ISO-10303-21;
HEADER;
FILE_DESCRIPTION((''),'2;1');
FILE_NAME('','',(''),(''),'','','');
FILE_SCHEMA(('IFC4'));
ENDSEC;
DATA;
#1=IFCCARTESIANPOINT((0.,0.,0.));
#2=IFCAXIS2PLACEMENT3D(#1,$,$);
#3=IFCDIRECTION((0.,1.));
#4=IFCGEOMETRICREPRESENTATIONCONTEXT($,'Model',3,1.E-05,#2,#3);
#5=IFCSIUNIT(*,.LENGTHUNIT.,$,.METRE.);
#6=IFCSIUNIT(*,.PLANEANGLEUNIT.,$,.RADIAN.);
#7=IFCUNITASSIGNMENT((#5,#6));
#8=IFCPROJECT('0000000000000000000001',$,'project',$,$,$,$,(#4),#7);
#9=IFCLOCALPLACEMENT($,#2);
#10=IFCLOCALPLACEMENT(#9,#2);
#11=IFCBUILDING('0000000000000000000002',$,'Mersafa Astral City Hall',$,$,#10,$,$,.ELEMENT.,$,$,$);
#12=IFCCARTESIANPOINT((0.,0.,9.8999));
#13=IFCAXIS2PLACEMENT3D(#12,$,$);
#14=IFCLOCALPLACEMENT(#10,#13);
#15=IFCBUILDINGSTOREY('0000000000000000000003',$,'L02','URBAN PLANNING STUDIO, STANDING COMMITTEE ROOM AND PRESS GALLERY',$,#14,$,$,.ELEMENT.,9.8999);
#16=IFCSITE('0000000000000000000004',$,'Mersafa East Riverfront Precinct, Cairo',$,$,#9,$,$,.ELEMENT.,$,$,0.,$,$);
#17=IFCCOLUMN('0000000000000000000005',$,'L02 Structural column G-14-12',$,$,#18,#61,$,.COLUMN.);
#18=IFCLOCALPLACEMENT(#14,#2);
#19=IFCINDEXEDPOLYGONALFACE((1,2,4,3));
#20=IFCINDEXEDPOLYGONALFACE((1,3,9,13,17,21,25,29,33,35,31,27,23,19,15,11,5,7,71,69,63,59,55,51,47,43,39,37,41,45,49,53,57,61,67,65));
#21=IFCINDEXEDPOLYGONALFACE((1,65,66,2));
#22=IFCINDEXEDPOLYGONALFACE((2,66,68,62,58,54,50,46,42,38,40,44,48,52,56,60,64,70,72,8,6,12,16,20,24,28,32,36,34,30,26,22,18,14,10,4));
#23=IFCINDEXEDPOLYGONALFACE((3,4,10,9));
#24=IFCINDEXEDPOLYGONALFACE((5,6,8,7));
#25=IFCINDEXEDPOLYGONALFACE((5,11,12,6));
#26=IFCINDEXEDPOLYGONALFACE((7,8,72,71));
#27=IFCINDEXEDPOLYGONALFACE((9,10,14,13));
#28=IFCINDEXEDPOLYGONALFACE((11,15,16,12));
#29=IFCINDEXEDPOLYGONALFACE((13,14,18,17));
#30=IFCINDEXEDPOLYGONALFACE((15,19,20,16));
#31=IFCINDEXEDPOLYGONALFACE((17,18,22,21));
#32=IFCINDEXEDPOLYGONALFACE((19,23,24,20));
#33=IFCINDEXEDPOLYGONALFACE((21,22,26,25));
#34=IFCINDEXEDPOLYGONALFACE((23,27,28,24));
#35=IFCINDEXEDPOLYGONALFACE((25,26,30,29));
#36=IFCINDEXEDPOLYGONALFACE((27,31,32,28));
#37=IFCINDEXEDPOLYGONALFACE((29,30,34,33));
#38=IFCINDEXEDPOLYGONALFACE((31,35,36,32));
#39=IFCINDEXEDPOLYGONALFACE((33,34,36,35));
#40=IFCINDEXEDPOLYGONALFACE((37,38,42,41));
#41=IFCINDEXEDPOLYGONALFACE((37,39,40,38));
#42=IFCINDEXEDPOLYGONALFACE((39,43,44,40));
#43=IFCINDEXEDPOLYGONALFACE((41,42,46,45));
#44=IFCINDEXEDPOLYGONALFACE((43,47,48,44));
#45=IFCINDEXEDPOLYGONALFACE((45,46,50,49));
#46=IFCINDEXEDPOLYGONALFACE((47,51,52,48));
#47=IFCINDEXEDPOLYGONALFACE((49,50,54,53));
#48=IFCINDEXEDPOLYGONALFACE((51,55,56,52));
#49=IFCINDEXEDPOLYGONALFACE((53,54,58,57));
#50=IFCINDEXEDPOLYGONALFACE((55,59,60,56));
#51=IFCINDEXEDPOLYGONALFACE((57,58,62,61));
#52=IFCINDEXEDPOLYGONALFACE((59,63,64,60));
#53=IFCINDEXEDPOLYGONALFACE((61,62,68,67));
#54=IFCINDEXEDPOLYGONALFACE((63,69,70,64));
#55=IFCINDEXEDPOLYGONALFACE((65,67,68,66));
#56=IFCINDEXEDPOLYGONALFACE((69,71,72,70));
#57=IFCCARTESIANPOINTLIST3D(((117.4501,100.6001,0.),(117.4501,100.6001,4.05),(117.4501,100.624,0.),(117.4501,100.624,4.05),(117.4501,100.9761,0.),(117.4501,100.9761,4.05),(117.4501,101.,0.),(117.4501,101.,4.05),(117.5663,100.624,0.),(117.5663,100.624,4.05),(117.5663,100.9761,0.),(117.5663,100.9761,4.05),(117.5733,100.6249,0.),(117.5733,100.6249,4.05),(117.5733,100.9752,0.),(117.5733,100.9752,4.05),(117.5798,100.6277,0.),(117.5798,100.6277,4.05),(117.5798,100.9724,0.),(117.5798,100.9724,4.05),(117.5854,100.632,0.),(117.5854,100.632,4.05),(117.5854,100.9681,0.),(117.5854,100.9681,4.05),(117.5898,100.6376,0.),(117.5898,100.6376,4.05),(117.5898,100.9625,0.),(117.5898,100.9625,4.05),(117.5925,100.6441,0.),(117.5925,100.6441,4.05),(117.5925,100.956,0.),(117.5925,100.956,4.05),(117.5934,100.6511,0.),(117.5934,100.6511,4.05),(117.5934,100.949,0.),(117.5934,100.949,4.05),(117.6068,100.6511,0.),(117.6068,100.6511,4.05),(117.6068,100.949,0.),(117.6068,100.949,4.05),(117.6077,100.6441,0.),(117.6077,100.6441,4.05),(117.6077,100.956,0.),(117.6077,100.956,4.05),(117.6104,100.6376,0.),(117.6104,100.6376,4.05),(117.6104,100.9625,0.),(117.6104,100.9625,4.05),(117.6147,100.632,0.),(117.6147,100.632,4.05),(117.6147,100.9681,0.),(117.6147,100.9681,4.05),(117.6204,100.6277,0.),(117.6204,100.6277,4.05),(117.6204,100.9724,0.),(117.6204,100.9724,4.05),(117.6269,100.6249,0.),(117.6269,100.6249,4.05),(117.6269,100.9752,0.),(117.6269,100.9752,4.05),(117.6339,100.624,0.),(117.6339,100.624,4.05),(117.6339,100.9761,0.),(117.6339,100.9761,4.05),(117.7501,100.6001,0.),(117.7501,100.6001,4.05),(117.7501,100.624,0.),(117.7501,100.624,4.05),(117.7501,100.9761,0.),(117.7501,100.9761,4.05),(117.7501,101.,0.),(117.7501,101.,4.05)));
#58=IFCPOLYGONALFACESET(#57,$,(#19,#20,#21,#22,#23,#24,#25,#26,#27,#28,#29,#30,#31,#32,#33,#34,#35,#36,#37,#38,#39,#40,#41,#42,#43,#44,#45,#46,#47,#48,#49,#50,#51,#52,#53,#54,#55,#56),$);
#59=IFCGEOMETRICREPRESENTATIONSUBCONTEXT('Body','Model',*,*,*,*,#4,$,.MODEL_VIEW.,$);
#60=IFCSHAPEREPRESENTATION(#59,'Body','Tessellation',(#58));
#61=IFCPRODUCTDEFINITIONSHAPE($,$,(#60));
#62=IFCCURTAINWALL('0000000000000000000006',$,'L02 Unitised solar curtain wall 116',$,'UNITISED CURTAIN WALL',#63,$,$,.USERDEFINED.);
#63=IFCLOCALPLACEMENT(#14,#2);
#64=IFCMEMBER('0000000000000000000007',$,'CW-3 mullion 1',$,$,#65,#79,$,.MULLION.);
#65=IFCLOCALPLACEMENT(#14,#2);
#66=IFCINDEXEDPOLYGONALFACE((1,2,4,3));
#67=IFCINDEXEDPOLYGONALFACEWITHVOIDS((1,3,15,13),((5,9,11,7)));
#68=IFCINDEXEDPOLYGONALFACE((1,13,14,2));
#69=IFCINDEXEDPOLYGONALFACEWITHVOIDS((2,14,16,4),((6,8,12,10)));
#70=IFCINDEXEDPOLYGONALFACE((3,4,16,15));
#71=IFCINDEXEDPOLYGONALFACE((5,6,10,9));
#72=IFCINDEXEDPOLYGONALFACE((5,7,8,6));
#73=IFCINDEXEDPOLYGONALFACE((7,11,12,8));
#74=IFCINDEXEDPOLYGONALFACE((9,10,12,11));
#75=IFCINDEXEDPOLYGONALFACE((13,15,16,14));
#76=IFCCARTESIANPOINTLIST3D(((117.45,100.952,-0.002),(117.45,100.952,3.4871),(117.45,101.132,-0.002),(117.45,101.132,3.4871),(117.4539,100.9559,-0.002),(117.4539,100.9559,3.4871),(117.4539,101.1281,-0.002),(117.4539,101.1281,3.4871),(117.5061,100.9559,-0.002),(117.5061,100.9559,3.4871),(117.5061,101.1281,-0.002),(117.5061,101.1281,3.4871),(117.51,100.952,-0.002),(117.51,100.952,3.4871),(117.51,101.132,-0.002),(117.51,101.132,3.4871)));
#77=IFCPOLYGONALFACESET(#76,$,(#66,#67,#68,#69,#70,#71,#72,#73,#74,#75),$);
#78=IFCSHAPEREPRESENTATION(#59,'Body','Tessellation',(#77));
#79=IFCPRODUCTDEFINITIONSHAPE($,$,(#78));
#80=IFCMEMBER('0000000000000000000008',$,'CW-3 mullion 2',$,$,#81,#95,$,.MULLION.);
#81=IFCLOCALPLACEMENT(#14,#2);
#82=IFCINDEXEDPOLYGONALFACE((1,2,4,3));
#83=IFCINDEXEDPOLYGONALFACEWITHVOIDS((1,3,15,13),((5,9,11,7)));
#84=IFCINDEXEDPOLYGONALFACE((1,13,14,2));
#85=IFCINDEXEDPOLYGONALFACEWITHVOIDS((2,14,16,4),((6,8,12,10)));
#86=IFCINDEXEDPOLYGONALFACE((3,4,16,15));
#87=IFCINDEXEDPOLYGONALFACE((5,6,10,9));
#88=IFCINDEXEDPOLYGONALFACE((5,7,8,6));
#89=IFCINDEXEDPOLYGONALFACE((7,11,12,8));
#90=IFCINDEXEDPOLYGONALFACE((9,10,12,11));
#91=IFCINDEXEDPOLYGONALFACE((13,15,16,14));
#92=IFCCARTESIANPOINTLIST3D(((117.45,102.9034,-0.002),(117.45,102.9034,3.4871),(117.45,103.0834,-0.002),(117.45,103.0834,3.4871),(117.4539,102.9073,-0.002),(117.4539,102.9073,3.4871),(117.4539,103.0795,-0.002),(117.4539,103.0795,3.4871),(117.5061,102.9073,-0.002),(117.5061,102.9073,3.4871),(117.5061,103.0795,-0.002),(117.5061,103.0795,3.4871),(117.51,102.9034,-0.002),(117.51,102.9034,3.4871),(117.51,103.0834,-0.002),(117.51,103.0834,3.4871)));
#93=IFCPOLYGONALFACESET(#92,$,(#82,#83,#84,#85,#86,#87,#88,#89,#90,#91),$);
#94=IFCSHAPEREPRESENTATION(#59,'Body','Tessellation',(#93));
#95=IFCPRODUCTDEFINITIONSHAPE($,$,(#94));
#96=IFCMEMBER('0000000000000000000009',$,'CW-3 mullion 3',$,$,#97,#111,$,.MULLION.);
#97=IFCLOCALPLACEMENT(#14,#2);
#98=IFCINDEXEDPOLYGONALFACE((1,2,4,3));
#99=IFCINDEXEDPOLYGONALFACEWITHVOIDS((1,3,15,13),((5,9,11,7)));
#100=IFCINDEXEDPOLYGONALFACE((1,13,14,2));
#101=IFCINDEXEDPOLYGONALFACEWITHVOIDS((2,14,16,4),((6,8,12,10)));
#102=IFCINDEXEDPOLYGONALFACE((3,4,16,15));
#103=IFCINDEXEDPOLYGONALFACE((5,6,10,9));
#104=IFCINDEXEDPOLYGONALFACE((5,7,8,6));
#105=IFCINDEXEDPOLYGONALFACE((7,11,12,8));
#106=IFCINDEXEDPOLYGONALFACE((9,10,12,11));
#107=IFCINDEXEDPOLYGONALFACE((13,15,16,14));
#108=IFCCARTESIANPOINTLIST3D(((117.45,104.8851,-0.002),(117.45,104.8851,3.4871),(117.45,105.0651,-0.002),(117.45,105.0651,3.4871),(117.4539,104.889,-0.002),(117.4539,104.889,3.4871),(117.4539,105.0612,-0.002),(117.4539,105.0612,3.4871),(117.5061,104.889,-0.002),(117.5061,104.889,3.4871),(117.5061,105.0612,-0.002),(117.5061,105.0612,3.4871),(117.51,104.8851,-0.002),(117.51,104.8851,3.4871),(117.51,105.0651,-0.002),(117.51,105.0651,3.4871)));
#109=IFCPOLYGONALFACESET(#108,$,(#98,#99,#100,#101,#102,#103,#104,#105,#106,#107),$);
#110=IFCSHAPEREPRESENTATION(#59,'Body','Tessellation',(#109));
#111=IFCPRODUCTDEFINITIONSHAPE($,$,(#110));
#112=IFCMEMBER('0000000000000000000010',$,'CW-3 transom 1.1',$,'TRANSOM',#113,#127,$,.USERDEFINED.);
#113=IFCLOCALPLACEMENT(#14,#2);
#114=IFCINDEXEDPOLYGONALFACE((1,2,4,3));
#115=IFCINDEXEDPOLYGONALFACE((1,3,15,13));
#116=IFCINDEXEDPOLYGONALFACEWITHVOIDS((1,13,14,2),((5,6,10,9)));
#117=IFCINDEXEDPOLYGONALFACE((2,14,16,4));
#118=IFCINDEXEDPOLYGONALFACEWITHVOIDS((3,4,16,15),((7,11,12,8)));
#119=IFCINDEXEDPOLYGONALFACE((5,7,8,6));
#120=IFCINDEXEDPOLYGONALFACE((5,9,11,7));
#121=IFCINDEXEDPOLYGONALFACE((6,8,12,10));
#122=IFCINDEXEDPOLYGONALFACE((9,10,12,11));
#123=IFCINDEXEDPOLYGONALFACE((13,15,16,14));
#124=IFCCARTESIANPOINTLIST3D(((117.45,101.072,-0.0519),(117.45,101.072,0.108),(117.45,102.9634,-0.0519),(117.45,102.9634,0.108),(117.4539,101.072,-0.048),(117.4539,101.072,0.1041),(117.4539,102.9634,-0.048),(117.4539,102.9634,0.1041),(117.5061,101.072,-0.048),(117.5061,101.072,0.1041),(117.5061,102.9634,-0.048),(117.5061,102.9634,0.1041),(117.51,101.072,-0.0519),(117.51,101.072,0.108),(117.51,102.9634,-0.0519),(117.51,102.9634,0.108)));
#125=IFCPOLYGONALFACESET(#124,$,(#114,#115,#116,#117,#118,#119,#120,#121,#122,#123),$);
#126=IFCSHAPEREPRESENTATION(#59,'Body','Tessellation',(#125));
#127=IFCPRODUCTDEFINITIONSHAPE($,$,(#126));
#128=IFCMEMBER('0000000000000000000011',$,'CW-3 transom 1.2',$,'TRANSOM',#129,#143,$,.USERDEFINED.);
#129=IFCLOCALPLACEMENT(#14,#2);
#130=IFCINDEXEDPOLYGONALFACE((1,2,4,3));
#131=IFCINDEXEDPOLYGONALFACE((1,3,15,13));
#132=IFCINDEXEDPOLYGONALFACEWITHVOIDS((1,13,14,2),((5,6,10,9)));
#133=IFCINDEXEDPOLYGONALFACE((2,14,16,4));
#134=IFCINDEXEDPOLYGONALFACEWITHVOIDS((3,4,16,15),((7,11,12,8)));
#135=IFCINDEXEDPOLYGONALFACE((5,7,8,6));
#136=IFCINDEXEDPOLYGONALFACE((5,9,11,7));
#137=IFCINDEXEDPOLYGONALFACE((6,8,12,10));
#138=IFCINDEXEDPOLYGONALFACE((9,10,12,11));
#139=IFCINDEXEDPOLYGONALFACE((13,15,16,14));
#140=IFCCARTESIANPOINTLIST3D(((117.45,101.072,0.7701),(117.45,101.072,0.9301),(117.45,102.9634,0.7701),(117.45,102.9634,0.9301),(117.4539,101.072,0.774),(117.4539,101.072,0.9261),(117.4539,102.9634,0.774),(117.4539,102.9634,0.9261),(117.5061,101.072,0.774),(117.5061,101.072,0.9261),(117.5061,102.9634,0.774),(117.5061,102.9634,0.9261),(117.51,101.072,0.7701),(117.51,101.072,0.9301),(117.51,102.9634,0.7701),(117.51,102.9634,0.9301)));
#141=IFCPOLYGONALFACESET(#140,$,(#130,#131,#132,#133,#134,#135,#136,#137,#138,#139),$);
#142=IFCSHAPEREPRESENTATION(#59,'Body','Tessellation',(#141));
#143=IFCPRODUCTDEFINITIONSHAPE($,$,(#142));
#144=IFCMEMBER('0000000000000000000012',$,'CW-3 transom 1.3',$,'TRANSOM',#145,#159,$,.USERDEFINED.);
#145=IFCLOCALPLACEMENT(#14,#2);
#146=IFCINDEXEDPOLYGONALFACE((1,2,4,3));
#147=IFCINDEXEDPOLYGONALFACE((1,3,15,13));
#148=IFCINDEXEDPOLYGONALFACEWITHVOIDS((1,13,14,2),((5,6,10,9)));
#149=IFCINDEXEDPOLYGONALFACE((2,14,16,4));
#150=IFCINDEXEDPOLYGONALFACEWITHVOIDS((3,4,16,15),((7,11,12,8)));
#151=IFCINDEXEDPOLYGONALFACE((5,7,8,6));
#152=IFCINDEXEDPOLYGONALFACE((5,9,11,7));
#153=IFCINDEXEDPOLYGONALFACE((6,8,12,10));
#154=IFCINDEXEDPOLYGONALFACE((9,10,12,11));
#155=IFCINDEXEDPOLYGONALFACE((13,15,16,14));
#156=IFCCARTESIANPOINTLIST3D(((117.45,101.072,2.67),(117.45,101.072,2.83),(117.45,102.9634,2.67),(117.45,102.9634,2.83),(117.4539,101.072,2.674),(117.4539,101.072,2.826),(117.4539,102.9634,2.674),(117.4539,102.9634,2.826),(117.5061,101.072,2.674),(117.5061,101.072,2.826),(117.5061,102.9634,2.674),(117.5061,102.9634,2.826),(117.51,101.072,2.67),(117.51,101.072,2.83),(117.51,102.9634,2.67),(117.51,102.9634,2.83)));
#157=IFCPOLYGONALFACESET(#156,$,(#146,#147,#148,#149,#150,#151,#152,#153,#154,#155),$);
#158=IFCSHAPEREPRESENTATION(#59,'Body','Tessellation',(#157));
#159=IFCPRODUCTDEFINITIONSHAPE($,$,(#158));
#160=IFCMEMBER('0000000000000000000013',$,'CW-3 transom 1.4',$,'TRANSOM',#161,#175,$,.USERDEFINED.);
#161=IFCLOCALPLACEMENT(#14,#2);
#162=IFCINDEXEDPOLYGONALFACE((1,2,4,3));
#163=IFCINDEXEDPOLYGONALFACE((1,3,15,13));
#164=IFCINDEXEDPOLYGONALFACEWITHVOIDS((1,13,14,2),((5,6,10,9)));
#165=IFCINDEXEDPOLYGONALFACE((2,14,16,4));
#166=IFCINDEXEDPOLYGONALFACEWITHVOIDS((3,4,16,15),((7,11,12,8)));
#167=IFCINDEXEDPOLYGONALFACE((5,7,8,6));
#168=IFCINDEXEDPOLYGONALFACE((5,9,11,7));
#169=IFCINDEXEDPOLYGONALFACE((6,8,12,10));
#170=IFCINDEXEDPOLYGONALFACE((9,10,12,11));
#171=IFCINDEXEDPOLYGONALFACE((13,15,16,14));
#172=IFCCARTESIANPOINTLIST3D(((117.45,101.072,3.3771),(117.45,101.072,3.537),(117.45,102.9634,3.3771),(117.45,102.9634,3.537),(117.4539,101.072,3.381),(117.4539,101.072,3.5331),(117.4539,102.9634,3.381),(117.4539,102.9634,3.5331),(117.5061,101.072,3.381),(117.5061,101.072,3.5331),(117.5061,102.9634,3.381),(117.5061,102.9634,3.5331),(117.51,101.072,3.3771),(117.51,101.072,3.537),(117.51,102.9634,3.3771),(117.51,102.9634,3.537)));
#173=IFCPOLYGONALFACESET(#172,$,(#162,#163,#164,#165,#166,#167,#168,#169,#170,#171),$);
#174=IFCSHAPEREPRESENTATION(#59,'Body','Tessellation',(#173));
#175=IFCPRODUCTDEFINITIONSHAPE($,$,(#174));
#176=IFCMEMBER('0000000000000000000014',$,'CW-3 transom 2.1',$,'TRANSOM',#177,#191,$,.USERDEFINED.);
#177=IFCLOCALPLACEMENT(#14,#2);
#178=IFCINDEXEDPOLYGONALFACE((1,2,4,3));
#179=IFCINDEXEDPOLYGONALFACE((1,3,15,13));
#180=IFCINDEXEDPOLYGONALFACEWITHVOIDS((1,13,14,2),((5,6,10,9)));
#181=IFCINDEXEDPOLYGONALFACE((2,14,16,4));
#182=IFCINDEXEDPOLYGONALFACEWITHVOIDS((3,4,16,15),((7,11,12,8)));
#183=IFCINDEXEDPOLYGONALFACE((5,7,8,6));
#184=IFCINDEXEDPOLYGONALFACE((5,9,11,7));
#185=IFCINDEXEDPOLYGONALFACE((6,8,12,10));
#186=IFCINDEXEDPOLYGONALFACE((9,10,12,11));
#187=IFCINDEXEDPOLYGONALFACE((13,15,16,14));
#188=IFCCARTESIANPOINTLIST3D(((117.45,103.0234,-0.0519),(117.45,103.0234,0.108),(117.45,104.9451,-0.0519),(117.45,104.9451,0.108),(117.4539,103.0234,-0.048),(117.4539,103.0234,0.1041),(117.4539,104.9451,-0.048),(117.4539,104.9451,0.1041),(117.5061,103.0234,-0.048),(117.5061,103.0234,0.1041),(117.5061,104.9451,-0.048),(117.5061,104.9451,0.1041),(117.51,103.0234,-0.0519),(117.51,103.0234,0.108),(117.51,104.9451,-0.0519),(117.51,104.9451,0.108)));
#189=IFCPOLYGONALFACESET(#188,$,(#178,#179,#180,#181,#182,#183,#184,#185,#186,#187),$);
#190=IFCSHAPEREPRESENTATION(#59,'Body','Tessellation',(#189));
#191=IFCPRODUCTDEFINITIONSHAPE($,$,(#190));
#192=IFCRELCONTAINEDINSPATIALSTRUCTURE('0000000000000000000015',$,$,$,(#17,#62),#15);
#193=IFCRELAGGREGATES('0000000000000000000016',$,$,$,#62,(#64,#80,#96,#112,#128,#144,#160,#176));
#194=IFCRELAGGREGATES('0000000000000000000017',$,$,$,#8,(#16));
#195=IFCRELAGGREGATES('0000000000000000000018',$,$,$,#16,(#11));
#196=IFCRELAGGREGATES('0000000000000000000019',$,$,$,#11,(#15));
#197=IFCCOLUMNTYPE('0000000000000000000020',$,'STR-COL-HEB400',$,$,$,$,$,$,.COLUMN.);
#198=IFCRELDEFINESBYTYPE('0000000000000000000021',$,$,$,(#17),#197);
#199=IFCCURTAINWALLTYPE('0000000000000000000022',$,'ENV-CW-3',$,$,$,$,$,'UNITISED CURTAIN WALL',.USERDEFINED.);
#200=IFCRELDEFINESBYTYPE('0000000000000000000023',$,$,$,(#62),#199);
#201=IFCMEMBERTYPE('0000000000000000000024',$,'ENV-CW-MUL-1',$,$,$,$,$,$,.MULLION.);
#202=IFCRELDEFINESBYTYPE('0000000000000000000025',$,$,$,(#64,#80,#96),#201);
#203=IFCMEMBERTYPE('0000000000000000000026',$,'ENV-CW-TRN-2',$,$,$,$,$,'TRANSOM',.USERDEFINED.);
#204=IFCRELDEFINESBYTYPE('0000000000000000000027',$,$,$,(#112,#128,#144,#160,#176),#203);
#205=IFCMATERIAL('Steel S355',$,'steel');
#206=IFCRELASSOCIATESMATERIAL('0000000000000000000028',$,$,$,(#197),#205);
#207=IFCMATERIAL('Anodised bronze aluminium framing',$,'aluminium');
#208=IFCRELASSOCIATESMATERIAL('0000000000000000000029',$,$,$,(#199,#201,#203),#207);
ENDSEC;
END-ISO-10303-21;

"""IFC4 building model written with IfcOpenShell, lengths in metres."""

from ifc_helpers import new_model, si_unit, direction, frame, origin, origin_2d, place, context, subcontext, project, spatial, hollow_rectangle, i_section, extrude, material, material_profile, profile_set, type_object, element, aggregate, save


model = new_model("IFC4")

# Units and contexts
model_context = context("Model", 3, precision=1e-05, world=origin(), true_north=direction((0.0, 1.0)))
body_context = subcontext(model_context, "Body", "Model", "MODEL_VIEW")
ifc_project = project(units=[si_unit("LENGTHUNIT", "METRE"), si_unit("PLANEANGLEUNIT", "RADIAN")], contexts=[model_context])

# Site, building, storey
site_placement = place(None, origin())
site = spatial("IfcSite", under=ifc_project, at=site_placement, Name="Mersafa East Riverfront Precinct, Cairo", CompositionType="ELEMENT", RefElevation=0.0)
building_placement = place(site_placement, origin())
building = spatial("IfcBuilding", under=site, at=building_placement, Name="Mersafa Astral City Hall", CompositionType="ELEMENT")
storey_placement = place(building_placement, frame((0.0, 0.0, 9.8999)))
storey = spatial("IfcBuildingStorey", under=building, at=storey_placement, Name="L02", Description="URBAN PLANNING STUDIO, STANDING COMMITTEE ROOM AND PRESS GALLERY", CompositionType="ELEMENT", Elevation=9.8999)

# Column
ifc_material_1 = material(Name="Steel S355", Category="steel")
ifc_material_profile_1 = material_profile(ifc_material_1, i_section(OverallWidth=0.3, OverallDepth=0.3999, WebThickness=0.0134, FlangeThickness=0.0239, FilletRadius=0.0271, at=origin_2d()), Name="HEB 400")
ifc_profile_set_1 = profile_set([ifc_material_profile_1], Name="Steel S355")
column_type = type_object("IfcColumnType", Name="STR-COL-HEB400", PredefinedType="COLUMN", material=ifc_profile_set_1)
column_placement = place(storey_placement, frame((117.6001, 100.8, 0.0), z_axis=(0.0, 0.0, 1.0), x_axis=(1.0, 0.0, 0.0)))
element("IfcColumn", 1, at=column_placement, inside=storey, type_object=column_type, Name="L02 Structural column G-14-12", PredefinedType="COLUMN", context=body_context, shape_type="SweptSolid", body=[
    extrude(i_section(OverallWidth=0.3, OverallDepth=0.3999, WebThickness=0.0134, FlangeThickness=0.0239, FilletRadius=0.0271, at=origin_2d()), origin(), (0.0, 0.0, 1.0), 4.05),
])

# Curtain wall, members
ifc_material_2 = material(Name="Anodised bronze aluminium framing", Category="aluminium")
curtain_wall_type = type_object("IfcCurtainWallType", Name="ENV-CW-3", ElementType="UNITISED CURTAIN WALL", PredefinedType="USERDEFINED", material=ifc_material_2)
curtain_wall_placement = place(storey_placement, origin())
curtain_wall = element("IfcCurtainWall", 2, at=curtain_wall_placement, inside=storey, type_object=curtain_wall_type, Name="L02 Unitised solar curtain wall 116", ObjectType="UNITISED CURTAIN WALL", PredefinedType="USERDEFINED")
ifc_material_profile_2 = material_profile(ifc_material_2, hollow_rectangle(XDim=0.0601, YDim=0.1799, WallThickness=0.0039, at=origin_2d()), Name="RHS 60x180x4")
ifc_profile_set_2 = profile_set([ifc_material_profile_2], Name="Anodised bronze aluminium framing")
member_type_1 = type_object("IfcMemberType", Name="ENV-CW-MUL-1", PredefinedType="MULLION", material=ifc_profile_set_2)
member_1_placement = place(storey_placement, frame((117.48, 101.042, -0.002), z_axis=(0.0, 0.0, 1.0), x_axis=(-1.0, 0.0, 0.0)))
member_1 = element("IfcMember", 3, at=member_1_placement, type_object=member_type_1, Name="CW-3 mullion 1", PredefinedType="MULLION", context=body_context, shape_type="SweptSolid", body=[
    extrude(hollow_rectangle(XDim=0.0601, YDim=0.1799, WallThickness=0.0039, at=origin_2d()), origin(), (0.0, 0.0, 1.0), 3.489),
])
member_2_placement = place(storey_placement, frame((117.48, 102.9934, -0.002), z_axis=(0.0, 0.0, 1.0), x_axis=(-1.0, 0.0, 0.0)))
member_2 = element("IfcMember", 4, at=member_2_placement, type_object=member_type_1, Name="CW-3 mullion 2", PredefinedType="MULLION", context=body_context, shape_type="SweptSolid", body=[
    extrude(hollow_rectangle(XDim=0.0601, YDim=0.1799, WallThickness=0.0039, at=origin_2d()), origin(), (0.0, 0.0, 1.0), 3.489),
])
member_3_placement = place(storey_placement, frame((117.48, 104.9751, -0.002), z_axis=(0.0, 0.0, 1.0), x_axis=(-1.0, 0.0, 0.0)))
member_3 = element("IfcMember", 5, at=member_3_placement, type_object=member_type_1, Name="CW-3 mullion 3", PredefinedType="MULLION", context=body_context, shape_type="SweptSolid", body=[
    extrude(hollow_rectangle(XDim=0.0601, YDim=0.1799, WallThickness=0.0039, at=origin_2d()), origin(), (0.0, 0.0, 1.0), 3.489),
])
ifc_material_profile_3 = material_profile(ifc_material_2, hollow_rectangle(XDim=0.0601, YDim=0.1599, WallThickness=0.0039, at=origin_2d()), Name="RHS 60x160x4")
ifc_profile_set_3 = profile_set([ifc_material_profile_3], Name="Anodised bronze aluminium framing")
member_type_2 = type_object("IfcMemberType", Name="ENV-CW-TRN-2", ElementType="TRANSOM", PredefinedType="USERDEFINED", material=ifc_profile_set_3)
member_4_placement = place(storey_placement, frame((117.48, 101.072, 0.0281), z_axis=(0.0, 1.0, 0.0), x_axis=(-1.0, 0.0, 0.0)))
member_4 = element("IfcMember", 6, at=member_4_placement, type_object=member_type_2, Name="CW-3 transom 1.1", ObjectType="TRANSOM", PredefinedType="USERDEFINED", context=body_context, shape_type="SweptSolid", body=[
    extrude(hollow_rectangle(XDim=0.0601, YDim=0.1599, WallThickness=0.0039, at=origin_2d()), origin(), (0.0, 0.0, 1.0), 1.8914),
])
member_5_placement = place(storey_placement, frame((117.48, 101.072, 0.8501), z_axis=(0.0, 1.0, 0.0), x_axis=(-1.0, 0.0, 0.0)))
member_5 = element("IfcMember", 7, at=member_5_placement, type_object=member_type_2, Name="CW-3 transom 1.2", ObjectType="TRANSOM", PredefinedType="USERDEFINED", context=body_context, shape_type="SweptSolid", body=[
    extrude(hollow_rectangle(XDim=0.0601, YDim=0.1599, WallThickness=0.0039, at=origin_2d()), origin(), (0.0, 0.0, 1.0), 1.8914),
])
member_6_placement = place(storey_placement, frame((117.48, 101.072, 2.75), z_axis=(0.0, 1.0, 0.0), x_axis=(-1.0, 0.0, 0.0)))
member_6 = element("IfcMember", 8, at=member_6_placement, type_object=member_type_2, Name="CW-3 transom 1.3", ObjectType="TRANSOM", PredefinedType="USERDEFINED", context=body_context, shape_type="SweptSolid", body=[
    extrude(hollow_rectangle(XDim=0.0601, YDim=0.1599, WallThickness=0.0039, at=origin_2d()), origin(), (0.0, 0.0, 1.0), 1.8914),
])
member_7_placement = place(storey_placement, frame((117.48, 101.072, 3.457), z_axis=(0.0, 1.0, 0.0), x_axis=(-1.0, 0.0, 0.0)))
member_7 = element("IfcMember", 9, at=member_7_placement, type_object=member_type_2, Name="CW-3 transom 1.4", ObjectType="TRANSOM", PredefinedType="USERDEFINED", context=body_context, shape_type="SweptSolid", body=[
    extrude(hollow_rectangle(XDim=0.0601, YDim=0.1599, WallThickness=0.0039, at=origin_2d()), origin(), (0.0, 0.0, 1.0), 1.8914),
])
member_8_placement = place(storey_placement, frame((117.48, 103.0234, 0.0281), z_axis=(0.0, 1.0, 0.0), x_axis=(-1.0, 0.0, 0.0)))
member_8 = element("IfcMember", 10, at=member_8_placement, type_object=member_type_2, Name="CW-3 transom 2.1", ObjectType="TRANSOM", PredefinedType="USERDEFINED", context=body_context, shape_type="SweptSolid", body=[
    extrude(hollow_rectangle(XDim=0.0601, YDim=0.1599, WallThickness=0.0039, at=origin_2d()), origin(), (0.0, 0.0, 1.0), 1.9216),
])

aggregate(curtain_wall, [member_1, member_2, member_3, member_4, member_5, member_6, member_7, member_8])

save(model, "model.ifc")
